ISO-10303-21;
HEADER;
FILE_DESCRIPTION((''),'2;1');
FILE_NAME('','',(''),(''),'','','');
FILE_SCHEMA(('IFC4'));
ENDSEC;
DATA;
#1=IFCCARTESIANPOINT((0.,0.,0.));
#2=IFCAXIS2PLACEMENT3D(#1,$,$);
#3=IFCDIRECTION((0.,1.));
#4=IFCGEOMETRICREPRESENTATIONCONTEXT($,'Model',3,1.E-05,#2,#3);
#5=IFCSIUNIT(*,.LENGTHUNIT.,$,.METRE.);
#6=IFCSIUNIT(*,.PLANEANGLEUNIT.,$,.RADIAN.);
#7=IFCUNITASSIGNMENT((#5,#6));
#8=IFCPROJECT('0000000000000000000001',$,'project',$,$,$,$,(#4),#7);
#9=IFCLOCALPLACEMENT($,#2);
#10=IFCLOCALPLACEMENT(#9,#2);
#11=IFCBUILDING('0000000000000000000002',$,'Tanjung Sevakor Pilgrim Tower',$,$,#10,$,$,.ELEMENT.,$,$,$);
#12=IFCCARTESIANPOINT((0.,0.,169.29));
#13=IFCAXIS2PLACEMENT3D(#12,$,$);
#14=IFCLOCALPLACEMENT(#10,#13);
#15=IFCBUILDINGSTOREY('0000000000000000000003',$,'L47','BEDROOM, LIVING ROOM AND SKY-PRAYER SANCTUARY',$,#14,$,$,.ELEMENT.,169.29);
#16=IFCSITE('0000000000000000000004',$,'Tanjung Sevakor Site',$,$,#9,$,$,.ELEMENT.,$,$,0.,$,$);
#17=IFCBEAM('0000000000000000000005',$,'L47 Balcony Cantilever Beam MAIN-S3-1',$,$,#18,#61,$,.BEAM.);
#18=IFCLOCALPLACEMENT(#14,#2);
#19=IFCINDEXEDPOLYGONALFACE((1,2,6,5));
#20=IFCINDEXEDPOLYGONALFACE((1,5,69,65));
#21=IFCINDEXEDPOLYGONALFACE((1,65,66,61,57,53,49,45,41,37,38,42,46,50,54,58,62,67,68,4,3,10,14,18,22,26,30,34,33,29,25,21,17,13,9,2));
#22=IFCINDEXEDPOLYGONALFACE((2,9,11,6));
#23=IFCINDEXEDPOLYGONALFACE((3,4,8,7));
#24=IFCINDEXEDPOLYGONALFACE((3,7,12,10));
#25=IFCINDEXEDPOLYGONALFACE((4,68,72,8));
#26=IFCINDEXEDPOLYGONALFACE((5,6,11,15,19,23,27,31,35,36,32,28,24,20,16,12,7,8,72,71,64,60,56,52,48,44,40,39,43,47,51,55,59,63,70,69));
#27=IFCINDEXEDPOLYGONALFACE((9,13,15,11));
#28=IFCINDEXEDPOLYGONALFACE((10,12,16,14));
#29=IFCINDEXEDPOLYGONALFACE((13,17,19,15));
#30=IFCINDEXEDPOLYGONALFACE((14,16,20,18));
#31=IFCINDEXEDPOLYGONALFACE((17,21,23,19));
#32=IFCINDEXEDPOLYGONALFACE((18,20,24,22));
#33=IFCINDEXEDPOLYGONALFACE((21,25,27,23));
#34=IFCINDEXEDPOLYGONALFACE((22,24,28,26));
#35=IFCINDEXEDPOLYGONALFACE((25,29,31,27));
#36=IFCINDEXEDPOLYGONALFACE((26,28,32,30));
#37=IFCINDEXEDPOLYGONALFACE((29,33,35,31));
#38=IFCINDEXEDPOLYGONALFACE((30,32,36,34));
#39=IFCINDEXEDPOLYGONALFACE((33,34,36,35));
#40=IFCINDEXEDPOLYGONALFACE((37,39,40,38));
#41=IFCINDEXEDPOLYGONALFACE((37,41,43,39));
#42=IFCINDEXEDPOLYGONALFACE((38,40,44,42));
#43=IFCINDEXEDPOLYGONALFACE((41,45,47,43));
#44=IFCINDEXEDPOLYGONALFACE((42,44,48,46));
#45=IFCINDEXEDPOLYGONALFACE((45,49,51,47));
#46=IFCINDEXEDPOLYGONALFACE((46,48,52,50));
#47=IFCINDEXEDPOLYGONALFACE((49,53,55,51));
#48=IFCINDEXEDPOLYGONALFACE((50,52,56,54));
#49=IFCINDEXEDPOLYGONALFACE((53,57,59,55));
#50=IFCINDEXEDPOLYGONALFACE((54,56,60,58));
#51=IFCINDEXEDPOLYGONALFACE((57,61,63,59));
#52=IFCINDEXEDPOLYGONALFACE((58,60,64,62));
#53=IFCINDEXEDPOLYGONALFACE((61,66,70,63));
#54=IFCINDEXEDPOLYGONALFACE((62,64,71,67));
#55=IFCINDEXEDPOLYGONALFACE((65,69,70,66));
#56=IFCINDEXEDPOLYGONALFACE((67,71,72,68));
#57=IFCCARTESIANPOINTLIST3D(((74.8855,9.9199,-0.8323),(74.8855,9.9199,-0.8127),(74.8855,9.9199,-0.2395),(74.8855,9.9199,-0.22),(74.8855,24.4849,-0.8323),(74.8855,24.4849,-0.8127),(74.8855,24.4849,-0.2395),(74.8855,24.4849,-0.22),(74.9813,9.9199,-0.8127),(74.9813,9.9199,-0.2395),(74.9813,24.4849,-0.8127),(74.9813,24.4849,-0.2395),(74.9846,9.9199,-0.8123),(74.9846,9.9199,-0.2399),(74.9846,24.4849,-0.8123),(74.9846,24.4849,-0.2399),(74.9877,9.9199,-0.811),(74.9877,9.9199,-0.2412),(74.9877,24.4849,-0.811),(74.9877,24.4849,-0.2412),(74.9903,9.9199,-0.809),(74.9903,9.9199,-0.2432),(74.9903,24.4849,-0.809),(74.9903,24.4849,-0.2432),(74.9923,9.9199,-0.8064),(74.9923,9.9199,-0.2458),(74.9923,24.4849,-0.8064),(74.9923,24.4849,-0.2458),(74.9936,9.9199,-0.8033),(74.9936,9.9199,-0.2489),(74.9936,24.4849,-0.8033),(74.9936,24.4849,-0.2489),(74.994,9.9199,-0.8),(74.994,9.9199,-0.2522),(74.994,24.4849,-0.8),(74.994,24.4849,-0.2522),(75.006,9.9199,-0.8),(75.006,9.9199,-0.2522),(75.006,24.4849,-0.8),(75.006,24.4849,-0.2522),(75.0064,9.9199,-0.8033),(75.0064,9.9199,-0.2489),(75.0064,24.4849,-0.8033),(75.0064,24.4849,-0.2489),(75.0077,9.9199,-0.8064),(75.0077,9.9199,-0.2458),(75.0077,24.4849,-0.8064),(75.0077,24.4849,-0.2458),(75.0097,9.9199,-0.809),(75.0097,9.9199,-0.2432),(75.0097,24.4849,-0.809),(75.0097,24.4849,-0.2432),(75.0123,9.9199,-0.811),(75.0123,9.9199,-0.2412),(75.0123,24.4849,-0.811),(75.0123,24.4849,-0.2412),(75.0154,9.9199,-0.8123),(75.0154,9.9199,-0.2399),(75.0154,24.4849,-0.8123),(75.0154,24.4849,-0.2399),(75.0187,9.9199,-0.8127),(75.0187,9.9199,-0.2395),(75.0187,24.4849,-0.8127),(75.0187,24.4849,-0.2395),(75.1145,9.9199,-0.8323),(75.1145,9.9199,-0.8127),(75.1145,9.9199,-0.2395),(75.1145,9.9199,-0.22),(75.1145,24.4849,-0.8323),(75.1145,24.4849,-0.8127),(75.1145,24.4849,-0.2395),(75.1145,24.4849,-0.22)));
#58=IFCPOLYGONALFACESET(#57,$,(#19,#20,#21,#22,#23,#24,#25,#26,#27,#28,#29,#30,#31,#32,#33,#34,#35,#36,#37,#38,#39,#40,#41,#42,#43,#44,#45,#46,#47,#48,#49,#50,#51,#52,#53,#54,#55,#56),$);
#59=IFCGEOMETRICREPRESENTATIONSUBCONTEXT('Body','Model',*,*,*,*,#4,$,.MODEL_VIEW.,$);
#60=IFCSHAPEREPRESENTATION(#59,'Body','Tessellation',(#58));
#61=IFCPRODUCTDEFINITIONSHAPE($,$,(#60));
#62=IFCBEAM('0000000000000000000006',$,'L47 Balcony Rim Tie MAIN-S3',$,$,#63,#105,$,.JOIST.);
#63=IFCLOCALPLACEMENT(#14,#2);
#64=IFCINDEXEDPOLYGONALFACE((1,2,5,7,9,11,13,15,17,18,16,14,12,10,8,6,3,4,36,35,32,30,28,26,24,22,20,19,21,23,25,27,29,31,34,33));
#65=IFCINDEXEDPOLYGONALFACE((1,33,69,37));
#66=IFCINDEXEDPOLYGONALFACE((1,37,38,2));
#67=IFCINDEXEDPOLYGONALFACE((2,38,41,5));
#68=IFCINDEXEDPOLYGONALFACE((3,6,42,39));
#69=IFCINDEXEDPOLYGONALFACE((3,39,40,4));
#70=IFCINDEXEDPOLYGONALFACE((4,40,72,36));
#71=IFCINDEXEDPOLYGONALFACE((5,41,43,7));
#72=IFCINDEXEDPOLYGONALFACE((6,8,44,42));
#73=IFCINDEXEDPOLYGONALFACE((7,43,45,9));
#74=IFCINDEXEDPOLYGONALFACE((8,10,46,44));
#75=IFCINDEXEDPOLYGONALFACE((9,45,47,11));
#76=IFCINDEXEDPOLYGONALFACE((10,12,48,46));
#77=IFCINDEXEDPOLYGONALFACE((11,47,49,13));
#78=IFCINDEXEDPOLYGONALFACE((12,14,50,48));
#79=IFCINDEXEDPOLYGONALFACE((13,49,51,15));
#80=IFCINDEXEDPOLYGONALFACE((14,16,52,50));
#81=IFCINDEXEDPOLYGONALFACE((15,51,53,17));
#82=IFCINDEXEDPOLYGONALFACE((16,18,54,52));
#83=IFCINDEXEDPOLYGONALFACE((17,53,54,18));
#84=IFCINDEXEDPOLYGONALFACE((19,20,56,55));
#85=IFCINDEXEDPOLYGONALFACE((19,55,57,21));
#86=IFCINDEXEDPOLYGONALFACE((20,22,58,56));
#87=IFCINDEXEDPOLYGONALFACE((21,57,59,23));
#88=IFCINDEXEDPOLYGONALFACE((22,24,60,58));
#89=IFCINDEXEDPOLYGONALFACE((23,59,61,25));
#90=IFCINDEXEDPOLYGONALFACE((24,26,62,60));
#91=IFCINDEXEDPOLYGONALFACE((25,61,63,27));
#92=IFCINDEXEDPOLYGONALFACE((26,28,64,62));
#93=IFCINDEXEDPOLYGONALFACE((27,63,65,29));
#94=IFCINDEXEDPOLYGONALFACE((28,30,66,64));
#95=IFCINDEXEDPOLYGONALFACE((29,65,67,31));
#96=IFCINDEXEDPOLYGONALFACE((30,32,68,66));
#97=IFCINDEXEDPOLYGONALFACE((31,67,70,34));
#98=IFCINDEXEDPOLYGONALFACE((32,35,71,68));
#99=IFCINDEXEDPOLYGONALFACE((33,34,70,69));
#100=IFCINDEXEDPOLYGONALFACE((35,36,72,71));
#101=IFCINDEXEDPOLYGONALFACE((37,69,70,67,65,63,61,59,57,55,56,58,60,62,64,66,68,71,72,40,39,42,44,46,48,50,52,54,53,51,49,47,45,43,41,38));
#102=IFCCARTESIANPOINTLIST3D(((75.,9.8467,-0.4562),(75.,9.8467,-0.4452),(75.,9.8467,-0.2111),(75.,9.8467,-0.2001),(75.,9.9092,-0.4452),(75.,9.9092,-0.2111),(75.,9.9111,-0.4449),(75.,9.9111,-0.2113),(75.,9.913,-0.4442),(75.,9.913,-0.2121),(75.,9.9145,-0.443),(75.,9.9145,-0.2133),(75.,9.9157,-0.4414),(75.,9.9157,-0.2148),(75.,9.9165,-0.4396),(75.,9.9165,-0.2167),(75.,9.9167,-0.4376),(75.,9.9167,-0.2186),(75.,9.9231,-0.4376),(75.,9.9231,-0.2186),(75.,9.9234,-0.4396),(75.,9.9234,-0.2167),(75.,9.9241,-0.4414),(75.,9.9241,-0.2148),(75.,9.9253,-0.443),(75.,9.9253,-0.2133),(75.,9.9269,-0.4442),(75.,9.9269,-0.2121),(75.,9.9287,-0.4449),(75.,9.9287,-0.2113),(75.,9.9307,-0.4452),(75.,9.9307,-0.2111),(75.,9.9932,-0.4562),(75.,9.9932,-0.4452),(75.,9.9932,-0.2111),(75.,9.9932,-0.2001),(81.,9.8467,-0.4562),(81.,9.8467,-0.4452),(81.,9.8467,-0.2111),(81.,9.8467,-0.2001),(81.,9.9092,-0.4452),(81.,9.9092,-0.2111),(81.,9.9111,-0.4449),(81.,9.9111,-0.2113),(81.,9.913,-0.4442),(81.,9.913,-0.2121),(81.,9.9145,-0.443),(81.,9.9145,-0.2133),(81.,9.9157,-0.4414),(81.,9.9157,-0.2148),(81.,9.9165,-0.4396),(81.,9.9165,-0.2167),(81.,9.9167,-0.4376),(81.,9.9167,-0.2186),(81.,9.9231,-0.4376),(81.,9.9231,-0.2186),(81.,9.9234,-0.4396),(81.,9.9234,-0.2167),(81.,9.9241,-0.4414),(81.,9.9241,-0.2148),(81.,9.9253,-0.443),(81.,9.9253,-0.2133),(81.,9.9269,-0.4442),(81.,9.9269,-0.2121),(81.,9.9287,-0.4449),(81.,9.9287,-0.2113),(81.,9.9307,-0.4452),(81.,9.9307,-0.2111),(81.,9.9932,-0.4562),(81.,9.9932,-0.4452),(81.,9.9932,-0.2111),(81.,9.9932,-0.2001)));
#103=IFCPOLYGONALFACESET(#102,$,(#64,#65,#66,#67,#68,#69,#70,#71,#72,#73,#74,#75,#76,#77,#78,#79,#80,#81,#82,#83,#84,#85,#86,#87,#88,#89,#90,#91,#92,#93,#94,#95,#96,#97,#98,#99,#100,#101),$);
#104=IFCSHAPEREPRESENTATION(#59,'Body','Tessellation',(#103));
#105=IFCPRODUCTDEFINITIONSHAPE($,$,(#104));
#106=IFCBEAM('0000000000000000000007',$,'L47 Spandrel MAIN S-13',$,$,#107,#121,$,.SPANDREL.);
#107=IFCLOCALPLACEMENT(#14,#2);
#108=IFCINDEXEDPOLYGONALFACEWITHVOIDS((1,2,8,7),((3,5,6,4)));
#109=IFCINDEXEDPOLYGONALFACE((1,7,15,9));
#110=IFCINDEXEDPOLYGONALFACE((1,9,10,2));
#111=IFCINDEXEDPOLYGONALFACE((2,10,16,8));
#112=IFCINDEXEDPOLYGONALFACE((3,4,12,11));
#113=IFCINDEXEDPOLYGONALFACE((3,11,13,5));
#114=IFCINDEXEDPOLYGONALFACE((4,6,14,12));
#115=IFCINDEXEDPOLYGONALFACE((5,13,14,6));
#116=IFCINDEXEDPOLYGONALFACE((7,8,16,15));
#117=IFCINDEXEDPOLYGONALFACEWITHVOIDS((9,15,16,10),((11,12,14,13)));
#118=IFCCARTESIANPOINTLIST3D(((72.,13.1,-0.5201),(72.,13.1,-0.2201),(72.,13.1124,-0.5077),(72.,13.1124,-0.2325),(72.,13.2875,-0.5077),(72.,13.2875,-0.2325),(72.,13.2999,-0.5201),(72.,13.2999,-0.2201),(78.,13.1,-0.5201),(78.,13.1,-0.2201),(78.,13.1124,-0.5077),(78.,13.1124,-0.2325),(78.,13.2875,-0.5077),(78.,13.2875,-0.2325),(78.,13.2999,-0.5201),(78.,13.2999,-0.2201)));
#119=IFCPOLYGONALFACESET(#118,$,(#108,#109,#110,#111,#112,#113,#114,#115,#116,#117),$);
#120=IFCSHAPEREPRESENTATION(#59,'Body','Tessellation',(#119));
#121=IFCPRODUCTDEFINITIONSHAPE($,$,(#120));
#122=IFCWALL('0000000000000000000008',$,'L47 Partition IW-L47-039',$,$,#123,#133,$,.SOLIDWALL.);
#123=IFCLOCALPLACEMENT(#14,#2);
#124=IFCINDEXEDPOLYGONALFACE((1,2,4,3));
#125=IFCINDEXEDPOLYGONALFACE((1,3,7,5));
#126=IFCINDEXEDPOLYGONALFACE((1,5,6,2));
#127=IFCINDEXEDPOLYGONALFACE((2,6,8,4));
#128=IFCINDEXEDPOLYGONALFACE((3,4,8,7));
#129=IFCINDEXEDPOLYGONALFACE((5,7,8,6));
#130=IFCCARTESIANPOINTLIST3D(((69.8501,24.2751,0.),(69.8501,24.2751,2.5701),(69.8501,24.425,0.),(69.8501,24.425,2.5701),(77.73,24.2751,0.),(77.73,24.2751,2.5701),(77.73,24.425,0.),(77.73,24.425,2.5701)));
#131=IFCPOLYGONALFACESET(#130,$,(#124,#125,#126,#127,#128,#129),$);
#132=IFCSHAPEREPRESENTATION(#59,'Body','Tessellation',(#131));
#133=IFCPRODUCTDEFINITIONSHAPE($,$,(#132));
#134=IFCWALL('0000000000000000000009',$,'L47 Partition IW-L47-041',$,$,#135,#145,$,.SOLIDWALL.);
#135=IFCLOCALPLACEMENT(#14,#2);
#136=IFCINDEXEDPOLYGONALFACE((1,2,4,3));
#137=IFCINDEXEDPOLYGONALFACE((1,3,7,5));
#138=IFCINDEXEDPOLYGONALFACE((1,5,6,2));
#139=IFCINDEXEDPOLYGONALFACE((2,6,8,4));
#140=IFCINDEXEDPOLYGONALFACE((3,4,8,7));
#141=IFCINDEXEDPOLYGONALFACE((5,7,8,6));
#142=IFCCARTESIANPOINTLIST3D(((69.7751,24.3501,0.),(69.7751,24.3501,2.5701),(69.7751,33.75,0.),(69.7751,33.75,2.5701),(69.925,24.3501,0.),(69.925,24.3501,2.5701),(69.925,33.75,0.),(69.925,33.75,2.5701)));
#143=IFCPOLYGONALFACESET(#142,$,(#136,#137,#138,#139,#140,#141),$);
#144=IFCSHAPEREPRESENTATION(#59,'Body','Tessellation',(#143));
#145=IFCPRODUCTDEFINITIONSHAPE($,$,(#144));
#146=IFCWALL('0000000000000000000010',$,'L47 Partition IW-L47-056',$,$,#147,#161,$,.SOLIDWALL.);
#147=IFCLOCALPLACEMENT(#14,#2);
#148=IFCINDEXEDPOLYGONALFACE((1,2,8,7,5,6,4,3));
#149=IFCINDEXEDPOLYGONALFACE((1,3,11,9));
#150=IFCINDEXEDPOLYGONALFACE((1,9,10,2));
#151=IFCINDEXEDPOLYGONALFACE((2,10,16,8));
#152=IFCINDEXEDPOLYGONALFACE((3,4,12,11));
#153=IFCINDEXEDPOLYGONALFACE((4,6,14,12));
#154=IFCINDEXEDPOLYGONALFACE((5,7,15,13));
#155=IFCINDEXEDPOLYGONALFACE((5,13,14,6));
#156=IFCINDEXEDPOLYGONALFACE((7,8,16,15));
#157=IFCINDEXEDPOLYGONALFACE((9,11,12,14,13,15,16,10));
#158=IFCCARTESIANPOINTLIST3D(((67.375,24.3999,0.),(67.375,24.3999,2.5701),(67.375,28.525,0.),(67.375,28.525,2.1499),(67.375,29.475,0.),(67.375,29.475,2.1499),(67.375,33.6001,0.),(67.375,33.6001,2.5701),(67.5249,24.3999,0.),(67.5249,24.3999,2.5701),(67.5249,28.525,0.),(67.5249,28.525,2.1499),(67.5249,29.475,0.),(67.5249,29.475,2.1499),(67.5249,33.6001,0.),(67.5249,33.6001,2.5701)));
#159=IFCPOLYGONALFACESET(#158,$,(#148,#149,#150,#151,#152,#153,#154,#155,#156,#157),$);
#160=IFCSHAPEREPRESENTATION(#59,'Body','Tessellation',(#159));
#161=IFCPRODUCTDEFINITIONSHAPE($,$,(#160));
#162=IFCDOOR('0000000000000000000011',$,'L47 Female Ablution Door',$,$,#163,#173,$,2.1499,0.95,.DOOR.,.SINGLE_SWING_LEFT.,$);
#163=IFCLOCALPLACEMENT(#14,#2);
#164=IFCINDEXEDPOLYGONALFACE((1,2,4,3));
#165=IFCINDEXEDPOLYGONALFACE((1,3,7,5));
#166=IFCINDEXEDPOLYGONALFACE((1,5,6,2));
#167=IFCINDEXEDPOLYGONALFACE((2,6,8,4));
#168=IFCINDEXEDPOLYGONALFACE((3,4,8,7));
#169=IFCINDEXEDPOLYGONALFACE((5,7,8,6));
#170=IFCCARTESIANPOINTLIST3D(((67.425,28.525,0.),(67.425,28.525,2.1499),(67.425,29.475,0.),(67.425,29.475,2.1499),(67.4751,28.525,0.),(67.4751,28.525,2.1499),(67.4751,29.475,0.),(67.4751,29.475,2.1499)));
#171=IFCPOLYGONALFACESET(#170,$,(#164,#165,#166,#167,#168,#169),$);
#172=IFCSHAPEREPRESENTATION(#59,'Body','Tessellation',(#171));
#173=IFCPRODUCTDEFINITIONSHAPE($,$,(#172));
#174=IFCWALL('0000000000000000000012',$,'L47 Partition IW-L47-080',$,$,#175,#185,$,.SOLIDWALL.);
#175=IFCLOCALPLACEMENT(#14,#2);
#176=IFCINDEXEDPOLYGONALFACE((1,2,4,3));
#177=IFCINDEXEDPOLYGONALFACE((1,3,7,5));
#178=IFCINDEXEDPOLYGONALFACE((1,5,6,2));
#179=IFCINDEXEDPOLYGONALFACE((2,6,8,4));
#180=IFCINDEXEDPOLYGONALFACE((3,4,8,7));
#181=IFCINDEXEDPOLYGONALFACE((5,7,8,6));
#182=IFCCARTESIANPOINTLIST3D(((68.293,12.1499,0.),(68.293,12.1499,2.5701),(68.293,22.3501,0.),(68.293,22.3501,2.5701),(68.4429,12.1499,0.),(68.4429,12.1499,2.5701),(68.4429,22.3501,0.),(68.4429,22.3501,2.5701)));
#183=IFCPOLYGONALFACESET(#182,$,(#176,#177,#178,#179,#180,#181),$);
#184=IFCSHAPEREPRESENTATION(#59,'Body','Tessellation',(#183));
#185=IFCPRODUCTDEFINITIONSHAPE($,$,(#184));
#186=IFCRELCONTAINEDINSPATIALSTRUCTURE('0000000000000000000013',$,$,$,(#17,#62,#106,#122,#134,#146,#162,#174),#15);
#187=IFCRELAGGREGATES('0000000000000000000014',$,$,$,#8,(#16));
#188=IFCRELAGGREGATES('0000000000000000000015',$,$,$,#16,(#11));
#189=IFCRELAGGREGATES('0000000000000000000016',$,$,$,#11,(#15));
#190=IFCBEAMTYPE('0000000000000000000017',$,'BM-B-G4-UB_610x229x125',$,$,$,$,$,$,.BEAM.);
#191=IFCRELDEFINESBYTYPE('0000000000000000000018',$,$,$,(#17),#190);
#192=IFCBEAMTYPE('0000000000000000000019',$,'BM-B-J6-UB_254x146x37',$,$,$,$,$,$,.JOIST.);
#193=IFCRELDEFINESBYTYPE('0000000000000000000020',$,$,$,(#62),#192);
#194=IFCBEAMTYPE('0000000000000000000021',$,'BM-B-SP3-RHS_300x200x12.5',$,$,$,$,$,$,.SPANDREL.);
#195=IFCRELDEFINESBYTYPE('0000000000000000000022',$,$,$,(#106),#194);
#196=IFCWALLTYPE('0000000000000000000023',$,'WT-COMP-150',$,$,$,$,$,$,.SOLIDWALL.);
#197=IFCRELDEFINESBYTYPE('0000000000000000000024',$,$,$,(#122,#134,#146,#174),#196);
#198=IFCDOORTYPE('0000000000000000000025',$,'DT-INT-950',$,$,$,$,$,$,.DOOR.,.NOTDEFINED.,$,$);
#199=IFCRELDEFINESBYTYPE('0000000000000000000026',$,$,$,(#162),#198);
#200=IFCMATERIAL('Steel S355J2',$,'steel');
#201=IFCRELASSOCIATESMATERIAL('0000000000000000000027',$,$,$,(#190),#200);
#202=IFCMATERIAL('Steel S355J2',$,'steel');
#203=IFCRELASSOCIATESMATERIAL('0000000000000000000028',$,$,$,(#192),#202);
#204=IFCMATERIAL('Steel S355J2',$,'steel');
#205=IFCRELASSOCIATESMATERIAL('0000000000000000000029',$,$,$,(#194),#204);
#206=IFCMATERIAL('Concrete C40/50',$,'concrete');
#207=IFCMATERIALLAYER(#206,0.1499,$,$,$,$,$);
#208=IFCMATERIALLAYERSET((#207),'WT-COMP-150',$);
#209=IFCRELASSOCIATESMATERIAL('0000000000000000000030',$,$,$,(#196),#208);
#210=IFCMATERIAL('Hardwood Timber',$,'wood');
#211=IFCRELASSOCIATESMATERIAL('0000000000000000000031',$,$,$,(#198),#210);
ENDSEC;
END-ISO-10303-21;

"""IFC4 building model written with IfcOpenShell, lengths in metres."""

from ifc_helpers import new_model, si_unit, direction, frame, frame_2d, origin, origin_2d, place, context, subcontext, project, spatial, rectangle, hollow_rectangle, i_section, extrude, material, layer, layer_set, material_profile, profile_set, type_object, element, fill, save


model = new_model("IFC4")

# Units and contexts
model_context = context("Model", 3, precision=1e-05, world=origin(), true_north=direction((0.0, 1.0)))
body_context = subcontext(model_context, "Body", "Model", "MODEL_VIEW")
ifc_project = project(units=[si_unit("LENGTHUNIT", "METRE"), si_unit("PLANEANGLEUNIT", "RADIAN")], contexts=[model_context])

# Site, building, storey
site_placement = place(None, origin())
site = spatial("IfcSite", under=ifc_project, at=site_placement, Name="Tanjung Sevakor Site", CompositionType="ELEMENT", RefElevation=0.0)
building_placement = place(site_placement, origin())
building = spatial("IfcBuilding", under=site, at=building_placement, Name="Tanjung Sevakor Pilgrim Tower", CompositionType="ELEMENT")
storey_placement = place(building_placement, frame((0.0, 0.0, 169.29)))
storey = spatial("IfcBuildingStorey", under=building, at=storey_placement, Name="L47", Description="BEDROOM, LIVING ROOM AND SKY-PRAYER SANCTUARY", CompositionType="ELEMENT", Elevation=169.29)

# Beams
ifc_material_1 = material(Name="Steel S355J2", Category="steel")
ifc_material_profile_1 = material_profile(ifc_material_1, i_section(OverallWidth=0.229, OverallDepth=0.6123, WebThickness=0.012, FlangeThickness=0.0195, FilletRadius=0.0127, at=origin_2d()))
ifc_profile_set_1 = profile_set([ifc_material_profile_1], Name="Steel S355J2")
beam_type_1 = type_object("IfcBeamType", Name="BM-B-G4-UB_610x229x125", PredefinedType="BEAM", material=ifc_profile_set_1)
beam_1_placement = place(storey_placement, frame((75.0, 24.4849, -0.5261), z_axis=(0.0, -1.0, 0.0), x_axis=(1.0, 0.0, 0.0)))
element("IfcBeam", 1, at=beam_1_placement, inside=storey, type_object=beam_type_1, Name="L47 Balcony Cantilever Beam MAIN-S3-1", PredefinedType="BEAM", context=body_context, shape_type="SweptSolid", body=[
    extrude(i_section(OverallWidth=0.229, OverallDepth=0.6123, WebThickness=0.012, FlangeThickness=0.0195, FilletRadius=0.0127, at=origin_2d()), origin(), (0.0, 0.0, 1.0), 14.5649),
])
ifc_material_2 = material(Name="Steel S355J2", Category="steel")
ifc_material_profile_2 = material_profile(ifc_material_2, i_section(OverallWidth=0.1465, OverallDepth=0.2561, WebThickness=0.0063, FlangeThickness=0.011, FilletRadius=0.0076, at=origin_2d()))
ifc_profile_set_2 = profile_set([ifc_material_profile_2], Name="Steel S355J2")
beam_type_2 = type_object("IfcBeamType", Name="BM-B-J6-UB_254x146x37", PredefinedType="JOIST", material=ifc_profile_set_2)
beam_2_placement = place(storey_placement, frame((75.0, 9.9199, -0.3281), z_axis=(1.0, 0.0, 0.0), x_axis=(0.0, 1.0, 0.0)))
element("IfcBeam", 2, at=beam_2_placement, inside=storey, type_object=beam_type_2, Name="L47 Balcony Rim Tie MAIN-S3", PredefinedType="JOIST", context=body_context, shape_type="SweptSolid", body=[
    extrude(i_section(OverallWidth=0.1465, OverallDepth=0.2561, WebThickness=0.0063, FlangeThickness=0.011, FilletRadius=0.0076, at=origin_2d()), origin(), (0.0, 0.0, 1.0), 6.0),
])
ifc_material_3 = material(Name="Steel S355J2", Category="steel")
ifc_material_profile_3 = material_profile(ifc_material_3, hollow_rectangle(XDim=0.2, YDim=0.3, WallThickness=0.0125, at=origin_2d()))
ifc_profile_set_3 = profile_set([ifc_material_profile_3], Name="Steel S355J2")
beam_type_3 = type_object("IfcBeamType", Name="BM-B-SP3-RHS_300x200x12.5", PredefinedType="SPANDREL", material=ifc_profile_set_3)
beam_3_placement = place(storey_placement, frame((72.0, 13.2, -0.3701), z_axis=(1.0, 0.0, 0.0), x_axis=(0.0, 1.0, 0.0)))
element("IfcBeam", 3, at=beam_3_placement, inside=storey, type_object=beam_type_3, Name="L47 Spandrel MAIN S-13", PredefinedType="SPANDREL", context=body_context, shape_type="SweptSolid", body=[
    extrude(hollow_rectangle(XDim=0.2, YDim=0.3, WallThickness=0.0125, at=origin_2d()), origin(), (0.0, 0.0, 1.0), 6.0),
])

# Walls
ifc_material_4 = material(Name="Concrete C40/50", Category="concrete")
ifc_layer_1 = layer(ifc_material_4, 0.1499)
ifc_layer_set_1 = layer_set([ifc_layer_1], Name="WT-COMP-150")
wall_type_1 = type_object("IfcWallType", Name="WT-COMP-150", PredefinedType="SOLIDWALL", material=ifc_layer_set_1)
wall_1_placement = place(storey_placement, frame((69.8501, 24.3501, 0.0), z_axis=(0.0, 0.0, 1.0), x_axis=(1.0, 0.0, 0.0)))
element("IfcWall", 4, at=wall_1_placement, inside=storey, type_object=wall_type_1, Name="L47 Partition IW-L47-039", PredefinedType="SOLIDWALL", context=body_context, shape_type="SweptSolid", body=[
    extrude(rectangle(XDim=7.8799, YDim=0.1499, at=frame_2d((3.9399, 0.0))), origin(), (0.0, 0.0, 1.0), 2.5701),
])
wall_2_placement = place(storey_placement, frame((69.8501, 24.3501, 0.0), z_axis=(0.0, 0.0, 1.0), x_axis=(0.0, 1.0, 0.0)))
element("IfcWall", 5, at=wall_2_placement, inside=storey, type_object=wall_type_1, Name="L47 Partition IW-L47-041", PredefinedType="SOLIDWALL", context=body_context, shape_type="SweptSolid", body=[
    extrude(rectangle(XDim=9.3999, YDim=0.1499, at=frame_2d((4.7, 0.0))), origin(), (0.0, 0.0, 1.0), 2.5701),
])

# Wall, opening, door
wall_3_placement = place(storey_placement, frame((67.45, 24.3999, 0.0), z_axis=(0.0, 0.0, 1.0), x_axis=(0.0, 1.0, 0.0)))
wall_3 = element("IfcWall", 6, at=wall_3_placement, inside=storey, type_object=wall_type_1, Name="L47 Partition IW-L47-056", PredefinedType="SOLIDWALL", context=body_context, shape_type="SweptSolid", body=[
    extrude(rectangle(XDim=9.2002, YDim=0.1499, at=frame_2d((4.6001, 0.0))), origin(), (0.0, 0.0, 1.0), 2.5701),
])
opening_1_placement = place(wall_3_placement, frame((4.125, 0.0, 0.0)))
opening_1 = element("IfcOpeningElement", 7, at=opening_1_placement, cuts=wall_3, PredefinedType="OPENING", context=body_context, shape_type="SweptSolid", body=[
    extrude(rectangle(XDim=0.95, YDim=2.1499, at=frame_2d((0.4751, 1.075))), frame((0.0, 0.085, 0.0), z_axis=(0.0, -1.0, 0.0), x_axis=(1.0, 0.0, 0.0)), (0.0, 0.0, 1.0), 0.1699),
])
ifc_material_5 = material(Name="Hardwood Timber", Category="wood")
door_type_1 = type_object("IfcDoorType", Name="DT-INT-950", OperationType="NOTDEFINED", PredefinedType="DOOR", material=ifc_material_5)
door_1_placement = place(opening_1_placement, origin())
door_1 = element("IfcDoor", 8, at=door_1_placement, inside=storey, type_object=door_type_1, Name="L47 Female Ablution Door", OperationType="SINGLE_SWING_LEFT", OverallHeight=2.1499, OverallWidth=0.95, PredefinedType="DOOR", context=body_context, shape_type="SweptSolid", body=[
    extrude(rectangle(XDim=0.95, YDim=2.1499, at=frame_2d((0.4751, 1.075))), frame((0.0, 0.0249, 0.0), z_axis=(0.0, -1.0, 0.0), x_axis=(1.0, 0.0, 0.0)), (0.0, 0.0, 1.0), 0.05),
])
fill(opening_1, door_1)

# Wall
wall_4_placement = place(storey_placement, frame((68.3679, 12.1499, 0.0), z_axis=(0.0, 0.0, 1.0), x_axis=(0.0, 1.0, 0.0)))
element("IfcWall", 9, at=wall_4_placement, inside=storey, type_object=wall_type_1, Name="L47 Partition IW-L47-080", PredefinedType="SOLIDWALL", context=body_context, shape_type="SweptSolid", body=[
    extrude(rectangle(XDim=10.2002, YDim=0.1499, at=frame_2d((5.1001, 0.0))), origin(), (0.0, 0.0, 1.0), 2.5701),
])

save(model, "model.ifc")
